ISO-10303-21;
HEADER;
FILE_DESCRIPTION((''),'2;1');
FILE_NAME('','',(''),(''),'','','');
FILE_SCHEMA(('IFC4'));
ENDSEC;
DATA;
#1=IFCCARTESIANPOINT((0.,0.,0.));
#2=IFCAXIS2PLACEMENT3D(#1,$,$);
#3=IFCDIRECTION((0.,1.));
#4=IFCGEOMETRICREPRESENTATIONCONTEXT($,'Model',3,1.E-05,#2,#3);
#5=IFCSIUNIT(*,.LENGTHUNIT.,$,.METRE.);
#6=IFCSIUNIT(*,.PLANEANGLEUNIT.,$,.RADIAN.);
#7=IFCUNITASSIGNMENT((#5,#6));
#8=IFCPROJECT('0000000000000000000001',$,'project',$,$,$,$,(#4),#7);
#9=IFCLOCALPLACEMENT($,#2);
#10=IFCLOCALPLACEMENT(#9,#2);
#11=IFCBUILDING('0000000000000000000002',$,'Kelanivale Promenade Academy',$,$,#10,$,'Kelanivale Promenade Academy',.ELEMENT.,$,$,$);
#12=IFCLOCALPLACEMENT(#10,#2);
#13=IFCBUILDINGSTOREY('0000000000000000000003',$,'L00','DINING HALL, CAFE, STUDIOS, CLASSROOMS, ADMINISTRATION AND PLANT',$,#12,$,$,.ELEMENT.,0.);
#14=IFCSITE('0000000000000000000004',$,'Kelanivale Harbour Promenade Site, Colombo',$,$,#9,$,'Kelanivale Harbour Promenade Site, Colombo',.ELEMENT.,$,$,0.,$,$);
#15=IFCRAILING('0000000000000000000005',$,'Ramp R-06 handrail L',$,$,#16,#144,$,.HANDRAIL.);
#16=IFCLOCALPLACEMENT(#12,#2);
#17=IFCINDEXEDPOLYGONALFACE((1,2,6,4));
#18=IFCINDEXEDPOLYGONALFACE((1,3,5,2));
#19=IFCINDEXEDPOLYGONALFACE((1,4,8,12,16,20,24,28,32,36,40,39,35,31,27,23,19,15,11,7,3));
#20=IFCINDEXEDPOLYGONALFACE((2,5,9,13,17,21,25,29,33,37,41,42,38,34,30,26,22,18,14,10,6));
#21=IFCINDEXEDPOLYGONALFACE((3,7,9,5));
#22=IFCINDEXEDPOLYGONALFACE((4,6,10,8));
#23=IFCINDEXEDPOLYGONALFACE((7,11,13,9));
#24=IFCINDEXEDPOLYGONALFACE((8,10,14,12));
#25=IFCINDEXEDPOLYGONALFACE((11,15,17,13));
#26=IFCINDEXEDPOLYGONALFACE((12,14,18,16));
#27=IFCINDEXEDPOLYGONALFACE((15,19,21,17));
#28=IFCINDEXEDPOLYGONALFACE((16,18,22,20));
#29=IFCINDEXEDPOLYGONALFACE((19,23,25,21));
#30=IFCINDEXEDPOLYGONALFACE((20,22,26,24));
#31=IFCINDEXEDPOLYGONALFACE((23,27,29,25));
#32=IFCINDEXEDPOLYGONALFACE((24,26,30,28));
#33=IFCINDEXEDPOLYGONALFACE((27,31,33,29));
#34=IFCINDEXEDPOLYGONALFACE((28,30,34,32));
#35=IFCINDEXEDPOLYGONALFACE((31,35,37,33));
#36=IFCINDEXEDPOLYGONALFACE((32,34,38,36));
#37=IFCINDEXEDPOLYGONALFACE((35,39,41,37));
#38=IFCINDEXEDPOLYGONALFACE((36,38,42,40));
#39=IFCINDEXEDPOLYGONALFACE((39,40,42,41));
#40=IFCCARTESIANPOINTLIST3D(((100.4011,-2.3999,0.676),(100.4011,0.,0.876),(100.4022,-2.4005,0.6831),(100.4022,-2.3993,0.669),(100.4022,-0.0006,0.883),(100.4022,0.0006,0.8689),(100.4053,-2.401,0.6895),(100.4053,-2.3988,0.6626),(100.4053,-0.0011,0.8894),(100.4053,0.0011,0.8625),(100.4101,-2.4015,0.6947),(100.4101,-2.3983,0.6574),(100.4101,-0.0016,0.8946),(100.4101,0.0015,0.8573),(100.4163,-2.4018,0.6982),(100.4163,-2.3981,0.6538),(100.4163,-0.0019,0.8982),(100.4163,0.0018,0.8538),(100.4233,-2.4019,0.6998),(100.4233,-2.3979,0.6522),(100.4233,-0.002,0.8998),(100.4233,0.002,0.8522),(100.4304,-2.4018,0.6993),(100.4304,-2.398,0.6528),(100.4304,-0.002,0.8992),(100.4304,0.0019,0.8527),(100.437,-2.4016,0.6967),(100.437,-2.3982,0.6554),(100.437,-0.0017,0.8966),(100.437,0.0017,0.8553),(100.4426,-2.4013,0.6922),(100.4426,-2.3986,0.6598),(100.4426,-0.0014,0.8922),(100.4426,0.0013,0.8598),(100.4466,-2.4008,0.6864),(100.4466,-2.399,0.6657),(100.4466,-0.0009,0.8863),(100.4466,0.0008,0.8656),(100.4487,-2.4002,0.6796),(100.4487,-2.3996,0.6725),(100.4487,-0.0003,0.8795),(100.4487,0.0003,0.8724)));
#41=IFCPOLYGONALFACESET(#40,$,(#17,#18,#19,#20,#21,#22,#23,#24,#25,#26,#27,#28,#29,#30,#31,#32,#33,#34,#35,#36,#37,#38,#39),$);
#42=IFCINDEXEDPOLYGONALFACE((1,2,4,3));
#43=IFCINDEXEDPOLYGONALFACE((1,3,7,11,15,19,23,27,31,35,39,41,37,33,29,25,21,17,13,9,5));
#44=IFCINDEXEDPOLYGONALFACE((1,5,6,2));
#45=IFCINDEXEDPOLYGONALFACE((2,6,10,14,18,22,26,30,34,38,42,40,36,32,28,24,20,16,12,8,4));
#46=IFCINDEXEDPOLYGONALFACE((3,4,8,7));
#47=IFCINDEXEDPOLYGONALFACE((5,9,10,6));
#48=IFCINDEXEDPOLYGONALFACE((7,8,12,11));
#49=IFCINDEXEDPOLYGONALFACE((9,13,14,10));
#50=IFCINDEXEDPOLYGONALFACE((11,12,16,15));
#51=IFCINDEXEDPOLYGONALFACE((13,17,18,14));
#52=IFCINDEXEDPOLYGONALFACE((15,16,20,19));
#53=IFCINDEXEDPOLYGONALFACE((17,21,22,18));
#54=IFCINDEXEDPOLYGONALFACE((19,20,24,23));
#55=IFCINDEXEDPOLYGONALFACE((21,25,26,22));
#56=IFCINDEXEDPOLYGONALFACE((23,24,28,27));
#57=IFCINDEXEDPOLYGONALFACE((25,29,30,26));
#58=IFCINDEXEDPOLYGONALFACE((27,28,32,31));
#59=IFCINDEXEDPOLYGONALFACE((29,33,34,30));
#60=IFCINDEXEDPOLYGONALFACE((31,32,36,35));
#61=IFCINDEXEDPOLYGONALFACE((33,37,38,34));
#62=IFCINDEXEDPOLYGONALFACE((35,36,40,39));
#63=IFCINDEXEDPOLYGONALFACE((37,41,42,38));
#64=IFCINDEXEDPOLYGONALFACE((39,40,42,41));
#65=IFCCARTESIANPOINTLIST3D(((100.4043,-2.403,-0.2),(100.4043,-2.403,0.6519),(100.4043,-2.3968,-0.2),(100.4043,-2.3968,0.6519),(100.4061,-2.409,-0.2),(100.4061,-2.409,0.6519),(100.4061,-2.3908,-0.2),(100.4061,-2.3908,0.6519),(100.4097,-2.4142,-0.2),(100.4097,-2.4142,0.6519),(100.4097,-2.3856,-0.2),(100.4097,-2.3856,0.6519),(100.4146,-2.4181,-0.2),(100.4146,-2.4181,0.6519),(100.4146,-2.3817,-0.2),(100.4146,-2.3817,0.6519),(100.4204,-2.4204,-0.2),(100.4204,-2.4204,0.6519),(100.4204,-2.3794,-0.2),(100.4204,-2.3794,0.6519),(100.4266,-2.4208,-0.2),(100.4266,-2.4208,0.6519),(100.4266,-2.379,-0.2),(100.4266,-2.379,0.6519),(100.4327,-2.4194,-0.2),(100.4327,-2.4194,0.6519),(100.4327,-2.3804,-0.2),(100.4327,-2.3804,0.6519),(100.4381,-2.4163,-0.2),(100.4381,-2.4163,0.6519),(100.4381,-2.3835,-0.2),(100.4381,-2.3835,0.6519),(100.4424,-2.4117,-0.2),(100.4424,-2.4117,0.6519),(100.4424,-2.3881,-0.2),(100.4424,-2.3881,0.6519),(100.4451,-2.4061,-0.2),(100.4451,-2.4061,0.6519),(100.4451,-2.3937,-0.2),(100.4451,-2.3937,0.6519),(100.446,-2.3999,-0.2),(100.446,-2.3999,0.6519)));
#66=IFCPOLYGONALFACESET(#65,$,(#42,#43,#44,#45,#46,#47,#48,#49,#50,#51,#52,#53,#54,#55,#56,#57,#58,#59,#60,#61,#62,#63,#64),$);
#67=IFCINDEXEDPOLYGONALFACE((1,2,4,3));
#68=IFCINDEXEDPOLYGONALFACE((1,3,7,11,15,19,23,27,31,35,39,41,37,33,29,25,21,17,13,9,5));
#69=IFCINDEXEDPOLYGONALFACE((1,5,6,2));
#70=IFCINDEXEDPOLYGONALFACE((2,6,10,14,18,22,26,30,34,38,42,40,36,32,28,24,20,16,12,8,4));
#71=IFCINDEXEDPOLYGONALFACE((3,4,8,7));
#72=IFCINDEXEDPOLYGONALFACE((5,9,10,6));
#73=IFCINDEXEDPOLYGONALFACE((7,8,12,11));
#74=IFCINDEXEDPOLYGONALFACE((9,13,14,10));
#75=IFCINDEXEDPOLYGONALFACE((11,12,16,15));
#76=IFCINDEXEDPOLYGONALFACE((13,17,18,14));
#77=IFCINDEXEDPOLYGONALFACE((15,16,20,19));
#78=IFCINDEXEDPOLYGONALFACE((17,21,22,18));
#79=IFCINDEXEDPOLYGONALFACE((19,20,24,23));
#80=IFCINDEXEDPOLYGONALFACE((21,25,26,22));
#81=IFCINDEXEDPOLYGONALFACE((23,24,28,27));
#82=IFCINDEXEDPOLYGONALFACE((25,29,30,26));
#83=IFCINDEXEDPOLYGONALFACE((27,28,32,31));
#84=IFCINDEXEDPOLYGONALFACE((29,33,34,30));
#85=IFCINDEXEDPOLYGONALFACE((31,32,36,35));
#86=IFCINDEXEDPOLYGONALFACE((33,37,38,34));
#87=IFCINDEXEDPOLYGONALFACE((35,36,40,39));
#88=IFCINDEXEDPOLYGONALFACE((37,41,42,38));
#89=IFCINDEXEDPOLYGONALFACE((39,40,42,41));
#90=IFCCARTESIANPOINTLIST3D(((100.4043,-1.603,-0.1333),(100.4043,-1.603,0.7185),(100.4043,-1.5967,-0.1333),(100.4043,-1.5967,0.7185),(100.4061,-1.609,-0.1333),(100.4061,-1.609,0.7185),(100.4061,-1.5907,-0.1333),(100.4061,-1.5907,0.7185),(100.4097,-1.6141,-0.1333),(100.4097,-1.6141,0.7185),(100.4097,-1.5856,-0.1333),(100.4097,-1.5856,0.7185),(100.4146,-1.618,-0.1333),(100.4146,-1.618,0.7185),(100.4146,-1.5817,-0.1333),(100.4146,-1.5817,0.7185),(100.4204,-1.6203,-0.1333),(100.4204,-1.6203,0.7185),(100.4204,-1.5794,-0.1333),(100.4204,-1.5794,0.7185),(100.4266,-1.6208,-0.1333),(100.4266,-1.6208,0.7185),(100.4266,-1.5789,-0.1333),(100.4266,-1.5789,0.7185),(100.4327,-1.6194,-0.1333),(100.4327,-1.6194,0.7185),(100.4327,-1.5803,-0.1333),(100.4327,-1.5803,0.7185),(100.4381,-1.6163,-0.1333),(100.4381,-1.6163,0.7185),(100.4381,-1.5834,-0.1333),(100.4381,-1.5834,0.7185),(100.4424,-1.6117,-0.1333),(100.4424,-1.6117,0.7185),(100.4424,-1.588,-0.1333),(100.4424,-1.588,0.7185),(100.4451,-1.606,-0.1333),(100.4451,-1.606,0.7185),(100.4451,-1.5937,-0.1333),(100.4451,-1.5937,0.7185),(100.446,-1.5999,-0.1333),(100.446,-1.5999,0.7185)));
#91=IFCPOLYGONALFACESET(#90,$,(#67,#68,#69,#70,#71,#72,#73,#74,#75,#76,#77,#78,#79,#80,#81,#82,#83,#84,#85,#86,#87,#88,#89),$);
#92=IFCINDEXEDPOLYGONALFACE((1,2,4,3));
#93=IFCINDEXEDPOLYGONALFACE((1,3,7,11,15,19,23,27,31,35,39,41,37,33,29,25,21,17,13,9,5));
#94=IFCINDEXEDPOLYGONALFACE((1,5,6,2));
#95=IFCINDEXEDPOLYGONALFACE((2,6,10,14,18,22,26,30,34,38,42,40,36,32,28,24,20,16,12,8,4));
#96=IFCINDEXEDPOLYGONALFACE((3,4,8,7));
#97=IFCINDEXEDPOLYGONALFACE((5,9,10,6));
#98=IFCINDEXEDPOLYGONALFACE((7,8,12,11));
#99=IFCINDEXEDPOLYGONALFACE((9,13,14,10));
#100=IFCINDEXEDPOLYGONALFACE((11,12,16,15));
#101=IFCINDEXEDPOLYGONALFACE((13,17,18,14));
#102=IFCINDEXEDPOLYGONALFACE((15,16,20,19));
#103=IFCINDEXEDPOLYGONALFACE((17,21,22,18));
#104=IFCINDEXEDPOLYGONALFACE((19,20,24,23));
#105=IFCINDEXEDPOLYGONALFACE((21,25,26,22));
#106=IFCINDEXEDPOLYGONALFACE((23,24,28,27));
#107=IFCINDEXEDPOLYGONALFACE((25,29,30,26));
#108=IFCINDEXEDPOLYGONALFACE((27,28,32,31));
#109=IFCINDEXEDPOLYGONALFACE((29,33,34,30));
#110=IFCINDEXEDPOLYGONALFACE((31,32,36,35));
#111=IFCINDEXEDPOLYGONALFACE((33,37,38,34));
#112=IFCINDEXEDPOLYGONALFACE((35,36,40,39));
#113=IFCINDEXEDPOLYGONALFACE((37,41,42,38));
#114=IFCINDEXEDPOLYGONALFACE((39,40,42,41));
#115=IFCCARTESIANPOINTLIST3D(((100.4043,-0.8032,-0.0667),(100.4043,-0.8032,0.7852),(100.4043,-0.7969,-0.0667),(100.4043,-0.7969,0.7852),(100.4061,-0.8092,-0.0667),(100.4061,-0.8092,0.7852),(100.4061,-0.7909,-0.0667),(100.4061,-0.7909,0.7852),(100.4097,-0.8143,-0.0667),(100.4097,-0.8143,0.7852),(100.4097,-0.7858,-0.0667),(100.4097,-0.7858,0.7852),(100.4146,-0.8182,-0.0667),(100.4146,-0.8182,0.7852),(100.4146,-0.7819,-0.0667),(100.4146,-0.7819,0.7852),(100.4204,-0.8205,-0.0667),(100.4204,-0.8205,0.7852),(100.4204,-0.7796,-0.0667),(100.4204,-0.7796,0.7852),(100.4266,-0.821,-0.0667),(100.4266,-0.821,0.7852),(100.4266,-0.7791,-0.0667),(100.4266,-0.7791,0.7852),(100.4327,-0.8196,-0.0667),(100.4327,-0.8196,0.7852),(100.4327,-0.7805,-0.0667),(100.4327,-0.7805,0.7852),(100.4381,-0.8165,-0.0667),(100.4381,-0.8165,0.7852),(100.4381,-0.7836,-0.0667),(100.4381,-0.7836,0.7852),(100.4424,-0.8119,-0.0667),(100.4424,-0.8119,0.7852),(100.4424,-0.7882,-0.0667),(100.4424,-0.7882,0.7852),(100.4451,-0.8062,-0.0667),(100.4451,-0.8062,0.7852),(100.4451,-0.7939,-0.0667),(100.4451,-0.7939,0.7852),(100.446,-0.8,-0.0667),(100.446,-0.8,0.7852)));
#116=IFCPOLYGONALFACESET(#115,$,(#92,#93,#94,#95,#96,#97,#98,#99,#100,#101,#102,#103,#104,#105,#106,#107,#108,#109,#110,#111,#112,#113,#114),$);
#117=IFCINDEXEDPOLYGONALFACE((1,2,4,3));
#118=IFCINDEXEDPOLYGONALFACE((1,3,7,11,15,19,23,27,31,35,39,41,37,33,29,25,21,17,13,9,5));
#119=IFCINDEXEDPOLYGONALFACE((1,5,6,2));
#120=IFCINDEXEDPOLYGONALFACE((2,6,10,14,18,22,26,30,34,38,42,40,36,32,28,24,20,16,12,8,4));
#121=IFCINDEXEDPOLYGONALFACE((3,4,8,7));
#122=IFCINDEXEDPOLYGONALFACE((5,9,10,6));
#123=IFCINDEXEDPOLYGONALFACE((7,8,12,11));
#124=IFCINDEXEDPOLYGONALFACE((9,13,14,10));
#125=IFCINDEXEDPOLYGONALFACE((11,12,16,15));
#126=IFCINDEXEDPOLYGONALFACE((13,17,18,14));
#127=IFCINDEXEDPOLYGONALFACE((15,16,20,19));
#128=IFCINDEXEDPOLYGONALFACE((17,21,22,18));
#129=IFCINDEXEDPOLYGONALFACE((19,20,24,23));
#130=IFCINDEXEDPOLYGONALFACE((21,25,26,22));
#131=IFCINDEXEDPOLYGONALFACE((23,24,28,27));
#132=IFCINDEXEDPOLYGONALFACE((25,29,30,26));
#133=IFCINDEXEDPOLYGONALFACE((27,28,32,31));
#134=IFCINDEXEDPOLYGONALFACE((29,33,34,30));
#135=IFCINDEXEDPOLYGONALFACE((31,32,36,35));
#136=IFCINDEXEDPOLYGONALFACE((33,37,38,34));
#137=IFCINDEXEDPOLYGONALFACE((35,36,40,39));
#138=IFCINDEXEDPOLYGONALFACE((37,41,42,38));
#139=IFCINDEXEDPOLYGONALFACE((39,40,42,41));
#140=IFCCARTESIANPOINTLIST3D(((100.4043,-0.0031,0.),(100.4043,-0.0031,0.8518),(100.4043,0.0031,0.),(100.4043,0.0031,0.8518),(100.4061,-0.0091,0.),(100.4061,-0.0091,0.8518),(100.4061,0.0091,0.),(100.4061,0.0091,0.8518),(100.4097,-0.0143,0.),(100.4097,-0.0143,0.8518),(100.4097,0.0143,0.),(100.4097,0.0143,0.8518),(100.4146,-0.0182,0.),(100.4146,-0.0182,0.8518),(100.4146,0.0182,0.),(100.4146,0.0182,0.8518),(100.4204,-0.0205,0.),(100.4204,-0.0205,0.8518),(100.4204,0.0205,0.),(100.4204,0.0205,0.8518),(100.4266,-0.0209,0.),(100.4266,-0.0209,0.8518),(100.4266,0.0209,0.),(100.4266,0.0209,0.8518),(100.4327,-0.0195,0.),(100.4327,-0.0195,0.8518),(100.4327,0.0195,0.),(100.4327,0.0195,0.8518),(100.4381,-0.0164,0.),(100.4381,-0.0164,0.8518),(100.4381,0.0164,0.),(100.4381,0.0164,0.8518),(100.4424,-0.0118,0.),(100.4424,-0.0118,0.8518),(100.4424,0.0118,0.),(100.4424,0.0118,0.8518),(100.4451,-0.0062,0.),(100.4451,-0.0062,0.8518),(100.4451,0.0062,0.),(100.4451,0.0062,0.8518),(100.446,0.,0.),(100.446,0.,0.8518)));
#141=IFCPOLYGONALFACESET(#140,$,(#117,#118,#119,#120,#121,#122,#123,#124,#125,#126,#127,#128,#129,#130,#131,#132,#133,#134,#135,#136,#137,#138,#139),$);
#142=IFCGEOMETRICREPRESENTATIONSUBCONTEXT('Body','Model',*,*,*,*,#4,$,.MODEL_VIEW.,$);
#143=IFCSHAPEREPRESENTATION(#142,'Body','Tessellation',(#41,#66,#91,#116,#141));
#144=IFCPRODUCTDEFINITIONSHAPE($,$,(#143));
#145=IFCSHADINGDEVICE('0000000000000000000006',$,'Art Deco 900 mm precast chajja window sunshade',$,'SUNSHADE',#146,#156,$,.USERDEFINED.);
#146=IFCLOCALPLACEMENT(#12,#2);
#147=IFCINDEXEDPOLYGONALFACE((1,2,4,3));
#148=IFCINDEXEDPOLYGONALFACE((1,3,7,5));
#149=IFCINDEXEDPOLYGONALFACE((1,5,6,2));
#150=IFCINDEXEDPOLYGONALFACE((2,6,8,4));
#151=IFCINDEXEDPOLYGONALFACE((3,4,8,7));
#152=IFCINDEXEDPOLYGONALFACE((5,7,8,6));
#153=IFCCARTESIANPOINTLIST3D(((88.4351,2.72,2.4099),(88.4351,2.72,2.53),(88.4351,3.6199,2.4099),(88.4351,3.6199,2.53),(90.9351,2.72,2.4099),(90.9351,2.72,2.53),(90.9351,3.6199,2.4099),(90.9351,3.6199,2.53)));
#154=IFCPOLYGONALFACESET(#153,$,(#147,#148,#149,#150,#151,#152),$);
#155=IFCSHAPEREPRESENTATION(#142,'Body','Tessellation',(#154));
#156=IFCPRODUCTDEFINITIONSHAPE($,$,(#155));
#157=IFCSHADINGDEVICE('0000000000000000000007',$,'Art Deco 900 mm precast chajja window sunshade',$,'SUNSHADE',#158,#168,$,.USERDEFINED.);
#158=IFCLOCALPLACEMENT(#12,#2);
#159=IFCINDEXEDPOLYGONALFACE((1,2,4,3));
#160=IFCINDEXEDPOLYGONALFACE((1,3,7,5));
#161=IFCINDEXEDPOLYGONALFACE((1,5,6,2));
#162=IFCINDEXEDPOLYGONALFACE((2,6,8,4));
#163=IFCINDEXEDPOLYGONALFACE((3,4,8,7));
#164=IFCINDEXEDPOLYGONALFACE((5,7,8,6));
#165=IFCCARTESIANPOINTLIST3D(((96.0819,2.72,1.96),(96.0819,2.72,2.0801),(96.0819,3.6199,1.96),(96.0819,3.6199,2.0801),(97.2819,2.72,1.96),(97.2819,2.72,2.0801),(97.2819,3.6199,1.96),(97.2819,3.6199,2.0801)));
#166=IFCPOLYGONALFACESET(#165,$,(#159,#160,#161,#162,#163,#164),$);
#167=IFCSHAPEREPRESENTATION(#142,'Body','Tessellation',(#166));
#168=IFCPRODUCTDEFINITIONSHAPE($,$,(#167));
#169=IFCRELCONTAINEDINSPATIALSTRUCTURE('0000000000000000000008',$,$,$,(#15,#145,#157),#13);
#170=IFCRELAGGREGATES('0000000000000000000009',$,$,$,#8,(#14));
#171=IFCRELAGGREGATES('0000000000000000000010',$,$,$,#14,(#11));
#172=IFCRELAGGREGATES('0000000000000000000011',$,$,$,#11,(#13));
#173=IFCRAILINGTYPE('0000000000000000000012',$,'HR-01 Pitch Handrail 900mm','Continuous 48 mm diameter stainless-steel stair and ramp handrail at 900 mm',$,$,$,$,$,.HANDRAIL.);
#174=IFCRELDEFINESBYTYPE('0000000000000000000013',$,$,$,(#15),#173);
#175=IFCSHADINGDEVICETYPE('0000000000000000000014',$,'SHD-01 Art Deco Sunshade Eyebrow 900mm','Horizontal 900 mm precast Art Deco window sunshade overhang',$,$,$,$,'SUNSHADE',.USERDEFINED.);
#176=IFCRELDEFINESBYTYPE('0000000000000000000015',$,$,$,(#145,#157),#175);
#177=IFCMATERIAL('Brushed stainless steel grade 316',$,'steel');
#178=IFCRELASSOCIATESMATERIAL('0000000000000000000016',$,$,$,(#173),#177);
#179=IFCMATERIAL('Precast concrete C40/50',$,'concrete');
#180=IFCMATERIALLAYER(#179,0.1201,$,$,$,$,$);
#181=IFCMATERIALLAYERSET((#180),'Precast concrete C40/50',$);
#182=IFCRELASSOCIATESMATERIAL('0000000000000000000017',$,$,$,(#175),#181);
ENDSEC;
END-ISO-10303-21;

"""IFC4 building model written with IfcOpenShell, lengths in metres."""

from ifc_helpers import new_model, si_unit, direction, frame, origin, origin_2d, place, context, subcontext, project, spatial, rectangle, circle, extrude, material, layer, layer_set, type_object, element, save


model = new_model("IFC4")

# Units and contexts
model_context = context("Model", 3, precision=1e-05, world=origin(), true_north=direction((0.0, 1.0)))
body_context = subcontext(model_context, "Body", "Model", "MODEL_VIEW")
ifc_project = project(units=[si_unit("LENGTHUNIT", "METRE"), si_unit("PLANEANGLEUNIT", "RADIAN")], contexts=[model_context])

# Site, building, storey
site_placement = place(None, origin())
site = spatial("IfcSite", under=ifc_project, at=site_placement, Name="Kelanivale Harbour Promenade Site, Colombo", LongName="Kelanivale Harbour Promenade Site, Colombo", CompositionType="ELEMENT", RefElevation=0.0)
building_placement = place(site_placement, origin())
building = spatial("IfcBuilding", under=site, at=building_placement, Name="Kelanivale Promenade Academy", LongName="Kelanivale Promenade Academy", CompositionType="ELEMENT")
storey_placement = place(building_placement, origin())
storey = spatial("IfcBuildingStorey", under=building, at=storey_placement, Name="L00", Description="DINING HALL, CAFE, STUDIOS, CLASSROOMS, ADMINISTRATION AND PLANT", CompositionType="ELEMENT", Elevation=0.0)

# Railing
ifc_material_1 = material(Name="Brushed stainless steel grade 316", Category="steel")
railing_type = type_object("IfcRailingType", Name="HR-01 Pitch Handrail 900mm", Description="Continuous 48 mm diameter stainless-steel stair and ramp handrail at 900 mm", PredefinedType="HANDRAIL", material=ifc_material_1)
railing_placement = place(storey_placement, frame((100.425, -2.3999, -0.2)))
element("IfcRailing", 1, at=railing_placement, inside=storey, type_object=railing_type, Name="Ramp R-06 handrail L", PredefinedType="HANDRAIL", context=body_context, shape_type="SweptSolid", body=[
    extrude(circle(Radius=0.0239, at=origin_2d()), frame((0.0, 0.0, 0.876), z_axis=(0.0, 0.996547, 0.083029), x_axis=(-1.0, 0.0, 0.0)), (0.0, 0.0, 1.0), 2.4082),
    extrude(circle(Radius=0.021, at=origin_2d()), origin(), (0.0, 0.0, 1.0), 0.8518),
    extrude(circle(Radius=0.021, at=origin_2d()), frame((0.0, 0.8, 0.0667)), (0.0, 0.0, 1.0), 0.8518),
    extrude(circle(Radius=0.021, at=origin_2d()), frame((0.0, 1.5999, 0.1333)), (0.0, 0.0, 1.0), 0.8518),
    extrude(circle(Radius=0.021, at=origin_2d()), frame((0.0, 2.3999, 0.2)), (0.0, 0.0, 1.0), 0.8518),
])

# Shading devices
ifc_material_2 = material(Name="Precast concrete C40/50", Category="concrete")
ifc_layer_1 = layer(ifc_material_2, 0.1201)
ifc_layer_set_1 = layer_set([ifc_layer_1], Name="Precast concrete C40/50")
shading_device_type = type_object("IfcShadingDeviceType", Name="SHD-01 Art Deco Sunshade Eyebrow 900mm", Description="Horizontal 900 mm precast Art Deco window sunshade overhang", ElementType="SUNSHADE", PredefinedType="USERDEFINED", material=ifc_layer_set_1)
shading_device_1_placement = place(storey_placement, frame((89.6851, 3.1699, 2.4099), z_axis=(0.0, 0.0, 1.0), x_axis=(1.0, 0.0, 0.0)))
element("IfcShadingDevice", 2, at=shading_device_1_placement, inside=storey, type_object=shading_device_type, Name="Art Deco 900 mm precast chajja window sunshade", ObjectType="SUNSHADE", PredefinedType="USERDEFINED", context=body_context, shape_type="SweptSolid", body=[
    extrude(rectangle(XDim=2.5, YDim=0.8999, at=origin_2d()), origin(), (0.0, 0.0, 1.0), 0.1201),
])
shading_device_2_placement = place(storey_placement, frame((96.6819, 3.1699, 1.96), z_axis=(0.0, 0.0, 1.0), x_axis=(1.0, 0.0, 0.0)))
element("IfcShadingDevice", 3, at=shading_device_2_placement, inside=storey, type_object=shading_device_type, Name="Art Deco 900 mm precast chajja window sunshade", ObjectType="SUNSHADE", PredefinedType="USERDEFINED", context=body_context, shape_type="SweptSolid", body=[
    extrude(rectangle(XDim=1.2, YDim=0.8999, at=origin_2d()), origin(), (0.0, 0.0, 1.0), 0.1201),
])

save(model, "model.ifc")
